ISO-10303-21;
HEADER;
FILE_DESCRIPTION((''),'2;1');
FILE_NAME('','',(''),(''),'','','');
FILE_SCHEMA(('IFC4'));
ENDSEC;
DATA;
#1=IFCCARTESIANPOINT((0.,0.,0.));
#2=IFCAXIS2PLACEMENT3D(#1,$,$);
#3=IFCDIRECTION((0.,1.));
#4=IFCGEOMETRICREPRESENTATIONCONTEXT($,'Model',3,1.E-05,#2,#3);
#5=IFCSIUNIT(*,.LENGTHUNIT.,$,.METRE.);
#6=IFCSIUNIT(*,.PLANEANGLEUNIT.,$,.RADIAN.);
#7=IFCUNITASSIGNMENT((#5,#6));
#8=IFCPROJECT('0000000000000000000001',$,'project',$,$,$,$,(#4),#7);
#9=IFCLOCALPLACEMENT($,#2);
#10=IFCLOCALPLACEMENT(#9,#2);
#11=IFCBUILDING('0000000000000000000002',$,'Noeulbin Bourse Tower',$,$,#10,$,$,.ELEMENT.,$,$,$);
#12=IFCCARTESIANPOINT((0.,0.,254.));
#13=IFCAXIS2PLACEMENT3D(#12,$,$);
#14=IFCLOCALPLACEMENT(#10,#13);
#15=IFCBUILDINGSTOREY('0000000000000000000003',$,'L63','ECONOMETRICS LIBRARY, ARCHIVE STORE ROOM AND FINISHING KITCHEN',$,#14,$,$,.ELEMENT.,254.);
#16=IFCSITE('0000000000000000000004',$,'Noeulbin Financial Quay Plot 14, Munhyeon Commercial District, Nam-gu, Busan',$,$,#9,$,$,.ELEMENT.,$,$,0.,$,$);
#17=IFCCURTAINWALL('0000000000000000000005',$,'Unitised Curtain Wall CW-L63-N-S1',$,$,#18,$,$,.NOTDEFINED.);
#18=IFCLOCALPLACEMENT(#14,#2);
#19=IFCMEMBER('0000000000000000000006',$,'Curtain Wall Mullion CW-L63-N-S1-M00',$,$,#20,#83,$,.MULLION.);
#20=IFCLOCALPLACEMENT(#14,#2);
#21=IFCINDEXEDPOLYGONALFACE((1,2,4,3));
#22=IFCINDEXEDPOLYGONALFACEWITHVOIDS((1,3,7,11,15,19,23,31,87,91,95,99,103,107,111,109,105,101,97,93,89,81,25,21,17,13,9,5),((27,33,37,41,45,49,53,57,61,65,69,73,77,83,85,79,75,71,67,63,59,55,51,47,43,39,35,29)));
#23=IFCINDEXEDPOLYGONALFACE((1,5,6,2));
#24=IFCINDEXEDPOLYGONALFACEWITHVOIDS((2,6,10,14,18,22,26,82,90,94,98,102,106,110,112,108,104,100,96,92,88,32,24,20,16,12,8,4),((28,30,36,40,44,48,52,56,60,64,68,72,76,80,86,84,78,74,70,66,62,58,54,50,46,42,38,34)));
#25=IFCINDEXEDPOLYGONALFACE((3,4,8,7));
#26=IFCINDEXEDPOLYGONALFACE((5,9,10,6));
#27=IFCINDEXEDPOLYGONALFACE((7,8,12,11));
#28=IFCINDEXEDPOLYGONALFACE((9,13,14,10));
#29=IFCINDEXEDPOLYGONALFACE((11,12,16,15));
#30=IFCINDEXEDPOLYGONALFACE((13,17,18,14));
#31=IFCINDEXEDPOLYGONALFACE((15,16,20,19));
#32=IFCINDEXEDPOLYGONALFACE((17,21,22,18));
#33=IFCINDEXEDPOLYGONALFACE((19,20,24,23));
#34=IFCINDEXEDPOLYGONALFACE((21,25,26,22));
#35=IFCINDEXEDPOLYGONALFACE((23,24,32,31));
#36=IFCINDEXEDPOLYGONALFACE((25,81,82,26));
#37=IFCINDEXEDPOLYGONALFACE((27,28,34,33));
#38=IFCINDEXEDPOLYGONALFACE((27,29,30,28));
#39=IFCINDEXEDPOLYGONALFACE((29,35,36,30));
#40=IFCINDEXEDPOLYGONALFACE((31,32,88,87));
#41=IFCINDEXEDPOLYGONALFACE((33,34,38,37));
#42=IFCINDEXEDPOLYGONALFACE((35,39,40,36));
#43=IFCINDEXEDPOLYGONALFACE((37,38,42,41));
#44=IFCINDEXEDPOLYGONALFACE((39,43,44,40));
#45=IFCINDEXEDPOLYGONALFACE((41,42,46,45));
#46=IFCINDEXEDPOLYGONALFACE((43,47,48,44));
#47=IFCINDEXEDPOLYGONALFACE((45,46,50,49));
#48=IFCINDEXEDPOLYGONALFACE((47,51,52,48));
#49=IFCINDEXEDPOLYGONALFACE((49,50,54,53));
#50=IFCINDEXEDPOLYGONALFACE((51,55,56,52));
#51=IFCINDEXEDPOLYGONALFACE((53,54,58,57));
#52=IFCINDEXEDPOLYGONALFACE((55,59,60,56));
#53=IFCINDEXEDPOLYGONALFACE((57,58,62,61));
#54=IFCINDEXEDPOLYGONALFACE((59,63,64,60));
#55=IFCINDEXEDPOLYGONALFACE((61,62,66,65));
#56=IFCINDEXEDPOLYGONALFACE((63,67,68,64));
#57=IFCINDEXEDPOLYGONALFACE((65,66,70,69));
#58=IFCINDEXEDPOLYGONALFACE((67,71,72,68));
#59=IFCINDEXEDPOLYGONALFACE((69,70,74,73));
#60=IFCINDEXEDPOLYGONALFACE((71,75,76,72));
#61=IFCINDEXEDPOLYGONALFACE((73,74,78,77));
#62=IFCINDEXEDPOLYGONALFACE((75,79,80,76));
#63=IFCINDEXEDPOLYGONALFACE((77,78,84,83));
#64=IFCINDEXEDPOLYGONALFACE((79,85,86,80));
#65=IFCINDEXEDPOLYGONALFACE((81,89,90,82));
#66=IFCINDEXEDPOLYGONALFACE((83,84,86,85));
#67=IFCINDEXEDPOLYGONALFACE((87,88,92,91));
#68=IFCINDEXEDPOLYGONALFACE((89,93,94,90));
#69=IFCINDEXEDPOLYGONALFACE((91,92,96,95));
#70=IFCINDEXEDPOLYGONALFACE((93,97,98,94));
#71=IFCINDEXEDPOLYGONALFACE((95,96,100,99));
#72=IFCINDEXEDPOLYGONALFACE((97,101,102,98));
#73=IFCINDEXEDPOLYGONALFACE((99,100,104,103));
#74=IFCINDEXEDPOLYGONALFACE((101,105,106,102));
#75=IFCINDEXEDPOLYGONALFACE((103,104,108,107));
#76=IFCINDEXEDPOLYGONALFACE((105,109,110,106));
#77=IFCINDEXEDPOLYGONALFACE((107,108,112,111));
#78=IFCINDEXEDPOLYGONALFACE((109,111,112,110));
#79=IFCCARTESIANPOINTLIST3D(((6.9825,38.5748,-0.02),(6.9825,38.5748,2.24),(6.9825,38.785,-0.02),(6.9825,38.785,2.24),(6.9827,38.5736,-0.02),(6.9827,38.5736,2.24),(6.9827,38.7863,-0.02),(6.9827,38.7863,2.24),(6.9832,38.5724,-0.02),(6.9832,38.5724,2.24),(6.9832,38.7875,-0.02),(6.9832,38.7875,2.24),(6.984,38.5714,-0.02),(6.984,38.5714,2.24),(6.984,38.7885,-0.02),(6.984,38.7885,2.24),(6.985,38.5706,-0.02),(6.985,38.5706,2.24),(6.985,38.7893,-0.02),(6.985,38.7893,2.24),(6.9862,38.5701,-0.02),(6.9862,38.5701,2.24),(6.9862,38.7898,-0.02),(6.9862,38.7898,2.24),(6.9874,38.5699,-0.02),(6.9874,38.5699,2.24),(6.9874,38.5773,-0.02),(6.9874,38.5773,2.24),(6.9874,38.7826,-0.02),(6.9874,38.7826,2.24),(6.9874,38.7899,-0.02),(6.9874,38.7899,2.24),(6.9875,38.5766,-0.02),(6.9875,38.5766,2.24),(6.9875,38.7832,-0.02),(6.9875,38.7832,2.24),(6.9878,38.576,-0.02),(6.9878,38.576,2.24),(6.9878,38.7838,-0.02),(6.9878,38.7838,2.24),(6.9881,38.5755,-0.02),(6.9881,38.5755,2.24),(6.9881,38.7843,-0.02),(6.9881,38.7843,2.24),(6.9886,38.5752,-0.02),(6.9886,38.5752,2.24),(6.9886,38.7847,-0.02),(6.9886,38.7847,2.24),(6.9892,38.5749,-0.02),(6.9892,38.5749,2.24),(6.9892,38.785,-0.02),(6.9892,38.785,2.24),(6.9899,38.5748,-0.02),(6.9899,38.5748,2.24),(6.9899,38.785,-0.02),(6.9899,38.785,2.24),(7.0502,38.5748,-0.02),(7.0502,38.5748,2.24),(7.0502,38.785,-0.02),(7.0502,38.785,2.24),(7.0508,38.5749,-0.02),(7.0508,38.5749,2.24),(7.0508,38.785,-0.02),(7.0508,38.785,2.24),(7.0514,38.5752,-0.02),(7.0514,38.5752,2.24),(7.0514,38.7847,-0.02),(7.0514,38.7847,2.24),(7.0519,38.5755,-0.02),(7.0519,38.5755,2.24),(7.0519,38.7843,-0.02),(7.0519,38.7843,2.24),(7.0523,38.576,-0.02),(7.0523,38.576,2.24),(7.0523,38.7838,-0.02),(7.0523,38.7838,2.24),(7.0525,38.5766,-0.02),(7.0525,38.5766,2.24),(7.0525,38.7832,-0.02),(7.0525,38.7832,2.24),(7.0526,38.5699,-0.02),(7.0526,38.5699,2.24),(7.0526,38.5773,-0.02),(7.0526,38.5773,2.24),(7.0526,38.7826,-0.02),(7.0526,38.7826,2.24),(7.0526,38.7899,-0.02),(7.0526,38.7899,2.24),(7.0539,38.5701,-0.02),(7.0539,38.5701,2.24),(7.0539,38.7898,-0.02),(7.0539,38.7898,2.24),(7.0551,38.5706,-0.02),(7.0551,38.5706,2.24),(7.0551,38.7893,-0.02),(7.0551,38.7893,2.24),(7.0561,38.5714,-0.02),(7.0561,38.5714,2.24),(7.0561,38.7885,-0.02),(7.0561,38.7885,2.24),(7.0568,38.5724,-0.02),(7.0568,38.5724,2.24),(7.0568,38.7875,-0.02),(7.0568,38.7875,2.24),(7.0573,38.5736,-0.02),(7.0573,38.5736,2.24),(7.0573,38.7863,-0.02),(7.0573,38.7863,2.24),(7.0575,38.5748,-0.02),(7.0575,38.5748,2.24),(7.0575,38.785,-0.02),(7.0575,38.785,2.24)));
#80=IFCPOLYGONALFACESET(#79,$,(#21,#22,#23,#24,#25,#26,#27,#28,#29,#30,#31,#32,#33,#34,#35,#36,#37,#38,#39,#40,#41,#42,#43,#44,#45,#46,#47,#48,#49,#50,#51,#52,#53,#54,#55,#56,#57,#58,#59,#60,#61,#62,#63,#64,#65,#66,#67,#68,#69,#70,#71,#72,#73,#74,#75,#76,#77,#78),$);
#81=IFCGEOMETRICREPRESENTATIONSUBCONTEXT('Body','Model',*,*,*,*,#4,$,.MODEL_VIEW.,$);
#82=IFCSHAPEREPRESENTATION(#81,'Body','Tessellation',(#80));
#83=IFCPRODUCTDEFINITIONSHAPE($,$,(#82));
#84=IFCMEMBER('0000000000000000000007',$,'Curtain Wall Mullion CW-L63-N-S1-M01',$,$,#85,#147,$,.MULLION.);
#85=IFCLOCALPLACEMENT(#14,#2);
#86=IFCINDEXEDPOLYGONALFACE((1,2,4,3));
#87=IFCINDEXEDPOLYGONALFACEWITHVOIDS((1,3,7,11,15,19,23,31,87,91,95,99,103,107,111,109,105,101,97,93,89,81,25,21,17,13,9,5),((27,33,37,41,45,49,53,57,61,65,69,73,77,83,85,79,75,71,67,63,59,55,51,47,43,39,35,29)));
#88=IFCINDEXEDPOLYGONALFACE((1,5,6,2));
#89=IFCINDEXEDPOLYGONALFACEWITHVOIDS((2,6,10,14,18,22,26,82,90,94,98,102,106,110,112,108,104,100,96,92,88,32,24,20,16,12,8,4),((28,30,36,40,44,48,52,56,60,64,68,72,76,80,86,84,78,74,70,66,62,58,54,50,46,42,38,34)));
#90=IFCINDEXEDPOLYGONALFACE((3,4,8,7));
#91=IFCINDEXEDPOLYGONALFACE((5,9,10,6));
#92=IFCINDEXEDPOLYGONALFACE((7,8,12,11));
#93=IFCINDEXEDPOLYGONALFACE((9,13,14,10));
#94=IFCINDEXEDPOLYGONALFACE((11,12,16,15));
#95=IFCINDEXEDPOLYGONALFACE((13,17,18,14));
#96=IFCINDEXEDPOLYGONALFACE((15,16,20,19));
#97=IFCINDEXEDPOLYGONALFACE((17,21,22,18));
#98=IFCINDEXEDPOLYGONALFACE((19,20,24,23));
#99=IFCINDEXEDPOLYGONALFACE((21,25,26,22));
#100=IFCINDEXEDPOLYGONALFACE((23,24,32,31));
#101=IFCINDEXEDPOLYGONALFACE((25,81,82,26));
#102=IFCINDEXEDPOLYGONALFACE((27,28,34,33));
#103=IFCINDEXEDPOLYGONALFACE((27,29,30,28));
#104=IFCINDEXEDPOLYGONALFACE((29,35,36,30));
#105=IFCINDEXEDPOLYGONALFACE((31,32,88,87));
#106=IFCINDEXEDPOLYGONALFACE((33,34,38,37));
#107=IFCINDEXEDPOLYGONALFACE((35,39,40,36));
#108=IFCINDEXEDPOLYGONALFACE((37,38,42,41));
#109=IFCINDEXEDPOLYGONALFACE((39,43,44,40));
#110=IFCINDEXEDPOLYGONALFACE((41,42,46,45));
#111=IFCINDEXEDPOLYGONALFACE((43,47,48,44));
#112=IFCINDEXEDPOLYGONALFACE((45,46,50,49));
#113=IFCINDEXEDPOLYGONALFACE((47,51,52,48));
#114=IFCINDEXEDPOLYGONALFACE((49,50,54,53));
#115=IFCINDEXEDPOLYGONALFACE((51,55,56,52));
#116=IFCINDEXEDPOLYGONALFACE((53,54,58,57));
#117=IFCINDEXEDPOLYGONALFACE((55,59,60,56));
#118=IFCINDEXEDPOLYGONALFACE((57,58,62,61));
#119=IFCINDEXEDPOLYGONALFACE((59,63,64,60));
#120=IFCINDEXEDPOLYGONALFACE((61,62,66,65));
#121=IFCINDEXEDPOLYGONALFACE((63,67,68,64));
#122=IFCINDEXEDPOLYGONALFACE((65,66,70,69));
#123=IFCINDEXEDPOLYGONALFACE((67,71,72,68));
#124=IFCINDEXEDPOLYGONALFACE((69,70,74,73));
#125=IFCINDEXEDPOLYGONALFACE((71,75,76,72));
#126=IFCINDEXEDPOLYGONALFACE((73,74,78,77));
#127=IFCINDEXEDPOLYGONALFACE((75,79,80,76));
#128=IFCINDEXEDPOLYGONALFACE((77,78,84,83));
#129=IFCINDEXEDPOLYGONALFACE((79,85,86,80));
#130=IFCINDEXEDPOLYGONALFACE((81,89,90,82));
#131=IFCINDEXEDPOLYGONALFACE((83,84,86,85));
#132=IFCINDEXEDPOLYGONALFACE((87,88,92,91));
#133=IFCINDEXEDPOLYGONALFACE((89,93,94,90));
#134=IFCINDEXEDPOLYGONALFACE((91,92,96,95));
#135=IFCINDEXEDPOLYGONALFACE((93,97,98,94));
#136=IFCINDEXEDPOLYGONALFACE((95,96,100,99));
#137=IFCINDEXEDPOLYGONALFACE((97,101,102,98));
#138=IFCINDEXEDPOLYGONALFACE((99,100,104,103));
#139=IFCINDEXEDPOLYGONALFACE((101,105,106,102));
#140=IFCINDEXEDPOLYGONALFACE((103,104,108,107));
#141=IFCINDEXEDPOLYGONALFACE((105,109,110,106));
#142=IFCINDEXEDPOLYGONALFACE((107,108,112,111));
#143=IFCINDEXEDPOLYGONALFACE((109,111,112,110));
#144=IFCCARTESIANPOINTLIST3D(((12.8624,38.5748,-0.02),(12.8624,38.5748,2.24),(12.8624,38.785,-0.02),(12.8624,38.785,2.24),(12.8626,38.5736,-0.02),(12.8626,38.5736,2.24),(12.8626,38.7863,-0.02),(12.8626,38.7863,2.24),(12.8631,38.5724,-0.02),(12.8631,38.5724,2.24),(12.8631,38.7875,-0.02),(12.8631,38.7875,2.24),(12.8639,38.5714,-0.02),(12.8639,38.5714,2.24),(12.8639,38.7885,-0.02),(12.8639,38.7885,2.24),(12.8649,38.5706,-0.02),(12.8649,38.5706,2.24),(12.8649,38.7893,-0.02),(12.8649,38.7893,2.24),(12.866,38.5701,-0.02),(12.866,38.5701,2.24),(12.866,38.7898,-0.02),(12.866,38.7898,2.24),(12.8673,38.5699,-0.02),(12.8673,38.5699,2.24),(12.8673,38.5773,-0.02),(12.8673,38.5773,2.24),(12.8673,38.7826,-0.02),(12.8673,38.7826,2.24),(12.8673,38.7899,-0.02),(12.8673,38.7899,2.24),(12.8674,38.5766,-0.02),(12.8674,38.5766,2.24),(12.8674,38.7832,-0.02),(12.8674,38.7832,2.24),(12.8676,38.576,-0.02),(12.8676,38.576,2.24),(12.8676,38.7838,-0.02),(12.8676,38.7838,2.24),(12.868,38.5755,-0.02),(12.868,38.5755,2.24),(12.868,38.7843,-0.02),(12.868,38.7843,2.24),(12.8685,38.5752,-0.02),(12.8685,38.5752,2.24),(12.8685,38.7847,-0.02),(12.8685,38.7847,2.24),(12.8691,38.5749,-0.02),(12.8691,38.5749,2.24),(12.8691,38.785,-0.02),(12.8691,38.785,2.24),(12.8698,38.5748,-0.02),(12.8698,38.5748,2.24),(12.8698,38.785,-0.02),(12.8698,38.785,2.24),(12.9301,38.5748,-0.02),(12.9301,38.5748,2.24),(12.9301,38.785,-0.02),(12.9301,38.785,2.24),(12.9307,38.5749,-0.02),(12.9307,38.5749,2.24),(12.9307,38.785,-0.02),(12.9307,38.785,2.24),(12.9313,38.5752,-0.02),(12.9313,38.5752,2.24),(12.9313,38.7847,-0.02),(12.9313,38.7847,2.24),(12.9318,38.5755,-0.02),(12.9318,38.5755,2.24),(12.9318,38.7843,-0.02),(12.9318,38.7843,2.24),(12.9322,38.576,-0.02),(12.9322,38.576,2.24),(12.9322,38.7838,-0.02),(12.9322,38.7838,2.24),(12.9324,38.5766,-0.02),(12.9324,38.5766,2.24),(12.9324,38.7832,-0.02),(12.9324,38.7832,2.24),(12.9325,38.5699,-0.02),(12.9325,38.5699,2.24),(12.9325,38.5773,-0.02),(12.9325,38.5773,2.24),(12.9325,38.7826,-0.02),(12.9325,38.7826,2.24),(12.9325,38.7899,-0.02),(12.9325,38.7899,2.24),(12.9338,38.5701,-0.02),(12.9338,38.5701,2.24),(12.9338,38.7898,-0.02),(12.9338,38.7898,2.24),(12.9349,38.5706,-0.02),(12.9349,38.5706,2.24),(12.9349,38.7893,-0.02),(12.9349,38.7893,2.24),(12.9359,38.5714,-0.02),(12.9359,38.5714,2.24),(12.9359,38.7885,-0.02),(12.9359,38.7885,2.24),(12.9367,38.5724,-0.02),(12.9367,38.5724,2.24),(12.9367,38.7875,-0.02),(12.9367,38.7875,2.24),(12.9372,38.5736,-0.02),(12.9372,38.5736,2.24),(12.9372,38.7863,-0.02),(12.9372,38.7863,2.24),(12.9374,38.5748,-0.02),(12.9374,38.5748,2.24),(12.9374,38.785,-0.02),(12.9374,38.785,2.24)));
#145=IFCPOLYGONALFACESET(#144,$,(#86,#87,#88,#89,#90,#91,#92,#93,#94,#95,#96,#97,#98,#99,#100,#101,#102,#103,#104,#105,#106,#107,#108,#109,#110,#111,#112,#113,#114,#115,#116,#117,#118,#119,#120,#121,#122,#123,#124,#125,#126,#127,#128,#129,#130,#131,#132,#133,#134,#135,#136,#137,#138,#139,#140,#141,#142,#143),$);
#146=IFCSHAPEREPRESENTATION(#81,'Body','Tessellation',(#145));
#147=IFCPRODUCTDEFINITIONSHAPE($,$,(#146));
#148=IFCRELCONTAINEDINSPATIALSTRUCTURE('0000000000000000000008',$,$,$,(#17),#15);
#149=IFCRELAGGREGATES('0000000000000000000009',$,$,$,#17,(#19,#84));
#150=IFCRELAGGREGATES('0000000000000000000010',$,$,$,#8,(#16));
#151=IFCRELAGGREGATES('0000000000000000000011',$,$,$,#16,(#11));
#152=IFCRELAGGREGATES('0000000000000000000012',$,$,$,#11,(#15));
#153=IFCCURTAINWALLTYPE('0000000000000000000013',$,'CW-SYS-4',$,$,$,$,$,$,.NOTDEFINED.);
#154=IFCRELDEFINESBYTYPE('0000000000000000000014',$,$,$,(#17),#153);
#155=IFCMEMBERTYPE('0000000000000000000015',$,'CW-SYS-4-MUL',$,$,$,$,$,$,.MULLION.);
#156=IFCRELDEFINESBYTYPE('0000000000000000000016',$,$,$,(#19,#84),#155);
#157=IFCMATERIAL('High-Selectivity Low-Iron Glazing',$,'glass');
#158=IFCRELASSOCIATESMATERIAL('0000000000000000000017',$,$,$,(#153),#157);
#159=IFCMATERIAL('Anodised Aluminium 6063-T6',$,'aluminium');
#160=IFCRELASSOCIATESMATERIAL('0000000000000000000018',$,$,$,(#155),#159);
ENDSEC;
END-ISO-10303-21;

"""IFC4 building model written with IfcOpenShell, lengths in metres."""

from ifc_helpers import new_model, si_unit, direction, frame, origin, origin_2d, place, context, subcontext, project, spatial, hollow_rectangle, extrude, material, material_profile, profile_set, type_object, element, aggregate, save


model = new_model("IFC4")

# Units and contexts
model_context = context("Model", 3, precision=1e-05, world=origin(), true_north=direction((0.0, 1.0)))
body_context = subcontext(model_context, "Body", "Model", "MODEL_VIEW")
ifc_project = project(units=[si_unit("LENGTHUNIT", "METRE"), si_unit("PLANEANGLEUNIT", "RADIAN")], contexts=[model_context])

# Site, building, storey
site_placement = place(None, origin())
site = spatial("IfcSite", under=ifc_project, at=site_placement, Name="Noeulbin Financial Quay Plot 14, Munhyeon Commercial District, Nam-gu, Busan", CompositionType="ELEMENT", RefElevation=0.0)
building_placement = place(site_placement, origin())
building = spatial("IfcBuilding", under=site, at=building_placement, Name="Noeulbin Bourse Tower", CompositionType="ELEMENT")
storey_placement = place(building_placement, frame((0.0, 0.0, 254.0)))
storey = spatial("IfcBuildingStorey", under=building, at=storey_placement, Name="L63", Description="ECONOMETRICS LIBRARY, ARCHIVE STORE ROOM AND FINISHING KITCHEN", CompositionType="ELEMENT", Elevation=254.0)

# Curtain wall, members
ifc_material_1 = material(Name="High-Selectivity Low-Iron Glazing", Category="glass")
curtain_wall_type = type_object("IfcCurtainWallType", Name="CW-SYS-4", PredefinedType="NOTDEFINED", material=ifc_material_1)
curtain_wall_1_placement = place(storey_placement, origin())
curtain_wall_1 = element("IfcCurtainWall", 1, at=curtain_wall_1_placement, inside=storey, type_object=curtain_wall_type, Name="Unitised Curtain Wall CW-L63-N-S1", PredefinedType="NOTDEFINED")
ifc_material_2 = material(Name="Anodised Aluminium 6063-T6", Category="aluminium")
ifc_material_profile_1 = material_profile(ifc_material_2, hollow_rectangle(XDim=0.075, YDim=0.22, WallThickness=0.0049, InnerFilletRadius=0.0024, OuterFilletRadius=0.0049, at=origin_2d()), Name="ALU-MULL-75x220x5", Category="LoadBearing")
ifc_profile_set_1 = profile_set([ifc_material_profile_1], Name="Anodised Aluminium 6063-T6")
member_type_1 = type_object("IfcMemberType", Name="CW-SYS-4-MUL", PredefinedType="MULLION", material=ifc_profile_set_1)
member_1_placement = place(storey_placement, frame((7.02, 38.6799, -0.02), z_axis=(0.0, 0.0, 1.0), x_axis=(1.0, 0.0, 0.0)))
member_1 = element("IfcMember", 2, at=member_1_placement, type_object=member_type_1, Name="Curtain Wall Mullion CW-L63-N-S1-M00", PredefinedType="MULLION", context=body_context, shape_type="SweptSolid", body=[
    extrude(hollow_rectangle(XDim=0.075, YDim=0.22, WallThickness=0.0049, InnerFilletRadius=0.0024, OuterFilletRadius=0.0049, at=origin_2d()), origin(), (0.0, 0.0, 1.0), 2.26),
])
member_2_placement = place(storey_placement, frame((12.8999, 38.6799, -0.02), z_axis=(0.0, 0.0, 1.0), x_axis=(1.0, 0.0, 0.0)))
member_2 = element("IfcMember", 3, at=member_2_placement, type_object=member_type_1, Name="Curtain Wall Mullion CW-L63-N-S1-M01", PredefinedType="MULLION", context=body_context, shape_type="SweptSolid", body=[
    extrude(hollow_rectangle(XDim=0.075, YDim=0.22, WallThickness=0.0049, InnerFilletRadius=0.0024, OuterFilletRadius=0.0049, at=origin_2d()), origin(), (0.0, 0.0, 1.0), 2.26),
])

aggregate(curtain_wall_1, [member_1, member_2])

save(model, "model.ifc")
